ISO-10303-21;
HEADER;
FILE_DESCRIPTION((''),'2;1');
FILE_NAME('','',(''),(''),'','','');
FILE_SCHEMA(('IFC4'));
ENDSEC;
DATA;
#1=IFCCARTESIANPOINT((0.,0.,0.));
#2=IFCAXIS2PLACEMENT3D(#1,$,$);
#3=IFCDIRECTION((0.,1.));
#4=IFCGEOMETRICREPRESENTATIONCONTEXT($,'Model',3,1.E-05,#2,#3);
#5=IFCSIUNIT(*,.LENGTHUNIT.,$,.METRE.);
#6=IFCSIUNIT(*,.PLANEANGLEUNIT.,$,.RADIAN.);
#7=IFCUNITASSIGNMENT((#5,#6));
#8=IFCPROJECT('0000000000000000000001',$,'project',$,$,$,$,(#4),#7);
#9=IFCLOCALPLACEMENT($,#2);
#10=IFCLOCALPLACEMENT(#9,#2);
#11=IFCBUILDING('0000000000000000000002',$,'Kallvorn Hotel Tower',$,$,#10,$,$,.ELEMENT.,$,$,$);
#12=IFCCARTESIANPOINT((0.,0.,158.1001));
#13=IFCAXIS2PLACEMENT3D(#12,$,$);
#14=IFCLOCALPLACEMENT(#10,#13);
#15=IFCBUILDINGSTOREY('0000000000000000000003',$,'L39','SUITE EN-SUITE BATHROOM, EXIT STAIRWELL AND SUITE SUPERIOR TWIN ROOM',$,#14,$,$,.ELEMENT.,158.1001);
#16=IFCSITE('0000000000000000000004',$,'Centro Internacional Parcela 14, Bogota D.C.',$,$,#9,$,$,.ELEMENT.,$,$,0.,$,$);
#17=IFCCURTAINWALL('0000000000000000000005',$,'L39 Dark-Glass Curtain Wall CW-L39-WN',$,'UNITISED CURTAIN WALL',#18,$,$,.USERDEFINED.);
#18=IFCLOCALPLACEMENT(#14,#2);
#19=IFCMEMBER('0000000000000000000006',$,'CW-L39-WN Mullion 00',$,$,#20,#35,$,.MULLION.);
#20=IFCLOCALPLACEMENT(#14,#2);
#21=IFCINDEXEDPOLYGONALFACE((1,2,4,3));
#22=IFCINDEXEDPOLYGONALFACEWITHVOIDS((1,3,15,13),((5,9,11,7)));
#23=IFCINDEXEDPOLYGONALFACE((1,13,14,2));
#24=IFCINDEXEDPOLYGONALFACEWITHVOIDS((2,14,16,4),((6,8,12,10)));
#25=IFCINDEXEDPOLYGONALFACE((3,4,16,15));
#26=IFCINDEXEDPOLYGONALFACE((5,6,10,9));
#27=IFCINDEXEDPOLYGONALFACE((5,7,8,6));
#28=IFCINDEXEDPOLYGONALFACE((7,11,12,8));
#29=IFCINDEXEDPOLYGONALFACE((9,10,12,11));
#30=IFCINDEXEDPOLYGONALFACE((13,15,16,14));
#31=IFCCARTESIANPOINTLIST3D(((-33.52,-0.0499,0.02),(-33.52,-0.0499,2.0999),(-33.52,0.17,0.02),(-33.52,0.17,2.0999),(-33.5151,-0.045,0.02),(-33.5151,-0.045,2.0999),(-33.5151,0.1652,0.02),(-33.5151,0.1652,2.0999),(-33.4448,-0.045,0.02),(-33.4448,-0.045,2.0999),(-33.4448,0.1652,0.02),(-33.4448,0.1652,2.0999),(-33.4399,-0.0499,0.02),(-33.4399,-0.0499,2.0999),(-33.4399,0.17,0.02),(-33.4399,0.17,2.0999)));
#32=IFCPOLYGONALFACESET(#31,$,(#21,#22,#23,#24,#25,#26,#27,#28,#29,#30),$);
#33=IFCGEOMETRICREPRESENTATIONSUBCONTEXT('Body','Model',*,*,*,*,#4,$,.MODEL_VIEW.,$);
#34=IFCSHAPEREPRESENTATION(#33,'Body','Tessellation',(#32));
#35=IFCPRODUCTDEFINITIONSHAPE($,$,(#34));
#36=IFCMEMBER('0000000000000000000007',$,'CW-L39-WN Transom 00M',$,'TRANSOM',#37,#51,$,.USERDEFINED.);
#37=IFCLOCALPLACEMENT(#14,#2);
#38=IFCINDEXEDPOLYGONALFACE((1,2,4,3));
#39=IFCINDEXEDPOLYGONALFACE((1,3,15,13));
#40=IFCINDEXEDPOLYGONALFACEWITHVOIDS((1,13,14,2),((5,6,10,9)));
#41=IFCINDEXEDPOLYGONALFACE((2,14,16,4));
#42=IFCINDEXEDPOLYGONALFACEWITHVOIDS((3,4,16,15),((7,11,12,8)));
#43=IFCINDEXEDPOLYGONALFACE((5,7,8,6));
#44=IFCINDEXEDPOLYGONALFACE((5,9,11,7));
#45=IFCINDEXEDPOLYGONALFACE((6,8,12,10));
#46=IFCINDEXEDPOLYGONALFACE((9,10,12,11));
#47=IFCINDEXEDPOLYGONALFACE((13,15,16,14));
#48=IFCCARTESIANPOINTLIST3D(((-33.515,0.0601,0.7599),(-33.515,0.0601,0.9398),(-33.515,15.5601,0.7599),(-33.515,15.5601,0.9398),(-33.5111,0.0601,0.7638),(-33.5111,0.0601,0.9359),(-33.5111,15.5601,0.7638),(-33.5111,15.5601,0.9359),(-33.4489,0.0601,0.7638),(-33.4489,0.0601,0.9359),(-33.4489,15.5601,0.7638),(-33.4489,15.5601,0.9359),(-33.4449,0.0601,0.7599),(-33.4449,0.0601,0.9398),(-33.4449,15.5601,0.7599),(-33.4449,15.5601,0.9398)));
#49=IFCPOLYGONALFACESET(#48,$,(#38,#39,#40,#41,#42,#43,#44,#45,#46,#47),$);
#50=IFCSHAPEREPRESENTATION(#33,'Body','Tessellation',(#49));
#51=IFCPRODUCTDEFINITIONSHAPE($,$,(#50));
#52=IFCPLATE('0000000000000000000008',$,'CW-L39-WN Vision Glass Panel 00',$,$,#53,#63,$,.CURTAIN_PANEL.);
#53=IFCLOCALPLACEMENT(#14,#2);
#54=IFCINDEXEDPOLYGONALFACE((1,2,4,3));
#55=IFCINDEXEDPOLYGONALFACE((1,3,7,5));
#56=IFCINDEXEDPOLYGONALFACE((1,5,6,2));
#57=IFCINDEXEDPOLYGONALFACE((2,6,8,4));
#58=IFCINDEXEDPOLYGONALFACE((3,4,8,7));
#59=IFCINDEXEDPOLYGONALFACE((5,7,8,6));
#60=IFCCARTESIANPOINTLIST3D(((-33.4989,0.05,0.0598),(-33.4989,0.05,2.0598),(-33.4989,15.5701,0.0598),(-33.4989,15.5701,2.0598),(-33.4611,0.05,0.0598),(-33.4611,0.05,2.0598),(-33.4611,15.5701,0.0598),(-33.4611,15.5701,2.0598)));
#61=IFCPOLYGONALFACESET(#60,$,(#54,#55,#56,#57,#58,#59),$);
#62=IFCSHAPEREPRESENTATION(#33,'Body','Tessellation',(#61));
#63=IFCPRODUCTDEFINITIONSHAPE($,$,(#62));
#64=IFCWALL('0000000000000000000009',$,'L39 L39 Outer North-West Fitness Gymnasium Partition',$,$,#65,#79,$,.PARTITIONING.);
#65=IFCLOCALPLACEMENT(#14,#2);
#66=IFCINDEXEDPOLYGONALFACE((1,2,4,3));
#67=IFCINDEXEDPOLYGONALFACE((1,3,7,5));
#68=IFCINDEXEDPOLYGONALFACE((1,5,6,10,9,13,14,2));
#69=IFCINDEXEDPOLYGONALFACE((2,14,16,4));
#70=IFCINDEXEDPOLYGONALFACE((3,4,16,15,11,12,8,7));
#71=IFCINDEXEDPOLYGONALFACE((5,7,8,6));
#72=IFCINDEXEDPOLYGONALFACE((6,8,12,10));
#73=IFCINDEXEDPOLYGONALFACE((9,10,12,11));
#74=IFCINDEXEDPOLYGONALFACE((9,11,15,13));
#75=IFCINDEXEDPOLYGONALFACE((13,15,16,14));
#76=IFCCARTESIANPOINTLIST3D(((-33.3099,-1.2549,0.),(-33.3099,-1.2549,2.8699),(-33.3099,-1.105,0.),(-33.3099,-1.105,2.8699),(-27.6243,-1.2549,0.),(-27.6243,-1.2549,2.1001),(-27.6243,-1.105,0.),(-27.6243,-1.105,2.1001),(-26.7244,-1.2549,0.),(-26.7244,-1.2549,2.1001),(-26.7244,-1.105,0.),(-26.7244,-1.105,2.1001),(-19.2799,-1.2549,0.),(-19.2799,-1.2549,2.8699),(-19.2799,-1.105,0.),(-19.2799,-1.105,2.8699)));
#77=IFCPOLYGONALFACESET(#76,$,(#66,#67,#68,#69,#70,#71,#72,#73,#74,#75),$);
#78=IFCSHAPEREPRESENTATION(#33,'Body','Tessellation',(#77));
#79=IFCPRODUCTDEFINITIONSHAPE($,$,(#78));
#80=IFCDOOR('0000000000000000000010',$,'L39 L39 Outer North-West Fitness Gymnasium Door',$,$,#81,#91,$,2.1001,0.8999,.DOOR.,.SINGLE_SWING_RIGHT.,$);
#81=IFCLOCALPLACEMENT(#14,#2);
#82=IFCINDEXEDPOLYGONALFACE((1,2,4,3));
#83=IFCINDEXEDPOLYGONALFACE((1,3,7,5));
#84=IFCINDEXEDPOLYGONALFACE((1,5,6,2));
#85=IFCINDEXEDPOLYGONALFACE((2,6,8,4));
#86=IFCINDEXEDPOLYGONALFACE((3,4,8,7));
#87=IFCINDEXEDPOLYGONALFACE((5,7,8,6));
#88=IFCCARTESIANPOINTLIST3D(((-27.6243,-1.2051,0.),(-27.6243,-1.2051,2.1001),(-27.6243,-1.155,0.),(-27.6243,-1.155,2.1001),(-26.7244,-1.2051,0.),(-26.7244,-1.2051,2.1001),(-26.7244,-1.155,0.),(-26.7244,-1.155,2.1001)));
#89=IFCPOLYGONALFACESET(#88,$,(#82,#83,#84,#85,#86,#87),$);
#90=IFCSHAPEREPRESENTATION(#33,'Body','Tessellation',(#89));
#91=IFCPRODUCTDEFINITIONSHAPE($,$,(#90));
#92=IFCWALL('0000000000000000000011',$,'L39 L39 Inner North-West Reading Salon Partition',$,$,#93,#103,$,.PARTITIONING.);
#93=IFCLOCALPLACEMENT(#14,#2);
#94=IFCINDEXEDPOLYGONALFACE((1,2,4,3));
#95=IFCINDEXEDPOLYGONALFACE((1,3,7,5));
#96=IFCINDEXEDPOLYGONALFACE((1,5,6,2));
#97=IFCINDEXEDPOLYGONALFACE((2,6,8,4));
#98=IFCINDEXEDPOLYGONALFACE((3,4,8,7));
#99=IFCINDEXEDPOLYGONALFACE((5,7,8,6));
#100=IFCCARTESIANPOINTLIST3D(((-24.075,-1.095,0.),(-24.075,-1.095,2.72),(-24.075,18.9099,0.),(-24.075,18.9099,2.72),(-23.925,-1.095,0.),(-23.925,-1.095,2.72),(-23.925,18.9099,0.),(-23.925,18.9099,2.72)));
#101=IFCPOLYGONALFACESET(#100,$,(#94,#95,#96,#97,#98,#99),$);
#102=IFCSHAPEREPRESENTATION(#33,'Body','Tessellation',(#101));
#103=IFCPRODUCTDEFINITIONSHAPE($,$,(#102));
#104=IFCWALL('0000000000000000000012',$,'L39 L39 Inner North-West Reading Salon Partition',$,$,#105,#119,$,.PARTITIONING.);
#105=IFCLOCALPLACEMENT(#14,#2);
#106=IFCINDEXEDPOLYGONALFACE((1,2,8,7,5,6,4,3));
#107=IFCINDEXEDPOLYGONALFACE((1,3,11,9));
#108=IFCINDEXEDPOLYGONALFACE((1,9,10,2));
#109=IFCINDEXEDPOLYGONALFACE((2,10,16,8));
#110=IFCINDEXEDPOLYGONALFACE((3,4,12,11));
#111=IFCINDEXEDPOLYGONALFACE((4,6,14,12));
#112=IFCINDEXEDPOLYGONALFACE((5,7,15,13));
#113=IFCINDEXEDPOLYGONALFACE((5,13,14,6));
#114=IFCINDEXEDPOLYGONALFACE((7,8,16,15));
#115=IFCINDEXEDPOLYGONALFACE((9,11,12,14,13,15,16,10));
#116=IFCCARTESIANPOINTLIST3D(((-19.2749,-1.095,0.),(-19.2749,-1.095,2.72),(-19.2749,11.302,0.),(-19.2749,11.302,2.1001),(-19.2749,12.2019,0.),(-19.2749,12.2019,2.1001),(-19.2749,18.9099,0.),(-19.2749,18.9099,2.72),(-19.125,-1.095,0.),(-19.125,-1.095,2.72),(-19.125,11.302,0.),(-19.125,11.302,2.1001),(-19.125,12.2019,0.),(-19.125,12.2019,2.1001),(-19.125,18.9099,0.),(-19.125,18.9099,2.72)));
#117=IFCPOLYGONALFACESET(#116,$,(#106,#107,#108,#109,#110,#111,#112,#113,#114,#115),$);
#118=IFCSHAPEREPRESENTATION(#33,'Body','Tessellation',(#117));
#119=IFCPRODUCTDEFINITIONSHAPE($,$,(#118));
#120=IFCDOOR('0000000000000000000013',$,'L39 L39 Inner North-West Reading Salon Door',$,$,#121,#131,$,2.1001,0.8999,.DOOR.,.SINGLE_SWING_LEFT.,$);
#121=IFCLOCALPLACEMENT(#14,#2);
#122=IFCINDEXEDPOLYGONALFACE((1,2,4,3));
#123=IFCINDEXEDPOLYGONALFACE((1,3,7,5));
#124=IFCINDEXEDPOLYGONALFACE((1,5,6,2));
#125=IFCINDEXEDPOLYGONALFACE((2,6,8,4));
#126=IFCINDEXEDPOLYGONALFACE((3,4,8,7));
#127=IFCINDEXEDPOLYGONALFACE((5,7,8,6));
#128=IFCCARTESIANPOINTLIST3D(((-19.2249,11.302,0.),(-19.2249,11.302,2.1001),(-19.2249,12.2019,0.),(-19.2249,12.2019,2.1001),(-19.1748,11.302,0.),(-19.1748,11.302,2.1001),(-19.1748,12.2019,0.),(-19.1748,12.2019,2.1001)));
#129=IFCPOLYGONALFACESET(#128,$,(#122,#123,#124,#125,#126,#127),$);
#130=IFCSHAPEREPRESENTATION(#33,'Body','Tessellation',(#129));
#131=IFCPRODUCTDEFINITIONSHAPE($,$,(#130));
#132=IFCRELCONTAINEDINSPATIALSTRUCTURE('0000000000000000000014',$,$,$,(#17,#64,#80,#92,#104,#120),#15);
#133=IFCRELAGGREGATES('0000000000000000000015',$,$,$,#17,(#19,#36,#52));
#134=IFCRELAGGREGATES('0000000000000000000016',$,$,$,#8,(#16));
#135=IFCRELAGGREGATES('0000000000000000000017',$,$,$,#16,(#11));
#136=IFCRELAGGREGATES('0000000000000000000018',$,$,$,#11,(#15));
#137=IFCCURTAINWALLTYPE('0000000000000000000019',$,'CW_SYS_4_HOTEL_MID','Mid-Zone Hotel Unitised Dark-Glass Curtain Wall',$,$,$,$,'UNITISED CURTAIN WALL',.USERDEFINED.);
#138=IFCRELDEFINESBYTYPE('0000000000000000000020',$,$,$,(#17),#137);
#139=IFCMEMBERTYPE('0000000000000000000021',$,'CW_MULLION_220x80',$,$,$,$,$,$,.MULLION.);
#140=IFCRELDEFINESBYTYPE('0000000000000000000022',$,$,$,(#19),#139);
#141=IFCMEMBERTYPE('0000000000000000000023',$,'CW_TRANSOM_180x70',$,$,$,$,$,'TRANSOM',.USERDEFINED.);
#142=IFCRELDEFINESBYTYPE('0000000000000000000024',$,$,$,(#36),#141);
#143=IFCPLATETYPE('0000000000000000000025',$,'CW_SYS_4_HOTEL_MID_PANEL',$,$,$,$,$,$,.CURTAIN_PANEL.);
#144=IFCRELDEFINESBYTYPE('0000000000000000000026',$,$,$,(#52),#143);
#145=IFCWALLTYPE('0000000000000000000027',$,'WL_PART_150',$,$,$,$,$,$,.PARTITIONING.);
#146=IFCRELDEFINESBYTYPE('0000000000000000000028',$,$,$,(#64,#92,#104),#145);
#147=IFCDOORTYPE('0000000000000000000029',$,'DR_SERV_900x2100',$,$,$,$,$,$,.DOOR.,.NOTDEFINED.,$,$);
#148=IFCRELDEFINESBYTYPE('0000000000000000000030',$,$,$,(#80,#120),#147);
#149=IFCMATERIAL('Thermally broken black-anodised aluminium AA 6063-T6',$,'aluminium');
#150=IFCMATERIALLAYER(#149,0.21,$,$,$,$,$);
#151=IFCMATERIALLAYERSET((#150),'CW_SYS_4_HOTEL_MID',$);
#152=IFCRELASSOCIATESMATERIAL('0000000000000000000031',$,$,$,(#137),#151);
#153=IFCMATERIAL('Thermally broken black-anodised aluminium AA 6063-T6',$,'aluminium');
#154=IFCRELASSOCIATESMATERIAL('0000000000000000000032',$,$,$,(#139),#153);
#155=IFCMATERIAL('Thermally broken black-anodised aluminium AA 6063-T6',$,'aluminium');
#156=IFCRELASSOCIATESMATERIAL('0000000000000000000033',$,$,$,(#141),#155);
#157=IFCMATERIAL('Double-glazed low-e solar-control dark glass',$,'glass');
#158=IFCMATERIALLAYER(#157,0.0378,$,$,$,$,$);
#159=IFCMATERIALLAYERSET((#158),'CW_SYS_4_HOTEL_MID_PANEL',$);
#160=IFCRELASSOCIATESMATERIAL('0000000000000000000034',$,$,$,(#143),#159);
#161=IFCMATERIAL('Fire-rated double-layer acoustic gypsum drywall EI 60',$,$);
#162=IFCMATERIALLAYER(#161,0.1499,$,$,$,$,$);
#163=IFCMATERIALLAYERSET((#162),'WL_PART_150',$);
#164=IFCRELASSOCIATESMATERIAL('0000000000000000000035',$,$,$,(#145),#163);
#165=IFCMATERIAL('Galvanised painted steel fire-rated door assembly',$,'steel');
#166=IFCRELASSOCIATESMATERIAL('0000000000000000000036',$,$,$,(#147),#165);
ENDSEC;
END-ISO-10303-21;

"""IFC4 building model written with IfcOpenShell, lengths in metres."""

from ifc_helpers import new_model, si_unit, direction, frame, frame_2d, origin, origin_2d, place, context, subcontext, project, spatial, rectangle, hollow_rectangle, extrude, material, layer, layer_set, material_profile, profile_set, type_object, element, fill, aggregate, save


model = new_model("IFC4")

# Units and contexts
model_context = context("Model", 3, precision=1e-05, world=origin(), true_north=direction((0.0, 1.0)))
body_context = subcontext(model_context, "Body", "Model", "MODEL_VIEW")
ifc_project = project(units=[si_unit("LENGTHUNIT", "METRE"), si_unit("PLANEANGLEUNIT", "RADIAN")], contexts=[model_context])

# Site, building, storey
site_placement = place(None, origin())
site = spatial("IfcSite", under=ifc_project, at=site_placement, Name="Centro Internacional Parcela 14, Bogota D.C.", CompositionType="ELEMENT", RefElevation=0.0)
building_placement = place(site_placement, origin())
building = spatial("IfcBuilding", under=site, at=building_placement, Name="Kallvorn Hotel Tower", CompositionType="ELEMENT")
storey_placement = place(building_placement, frame((0.0, 0.0, 158.1001)))
storey = spatial("IfcBuildingStorey", under=building, at=storey_placement, Name="L39", Description="SUITE EN-SUITE BATHROOM, EXIT STAIRWELL AND SUITE SUPERIOR TWIN ROOM", CompositionType="ELEMENT", Elevation=158.1001)

# Curtain wall, members, plate
ifc_material_1 = material(Name="Thermally broken black-anodised aluminium AA 6063-T6", Category="aluminium")
ifc_layer_1 = layer(ifc_material_1, 0.21)
ifc_layer_set_1 = layer_set([ifc_layer_1], Name="CW_SYS_4_HOTEL_MID")
curtain_wall_type = type_object("IfcCurtainWallType", Name="CW_SYS_4_HOTEL_MID", Description="Mid-Zone Hotel Unitised Dark-Glass Curtain Wall", ElementType="UNITISED CURTAIN WALL", PredefinedType="USERDEFINED", material=ifc_layer_set_1)
curtain_wall_placement = place(storey_placement, origin())
curtain_wall = element("IfcCurtainWall", 1, at=curtain_wall_placement, inside=storey, type_object=curtain_wall_type, Name="L39 Dark-Glass Curtain Wall CW-L39-WN", ObjectType="UNITISED CURTAIN WALL", PredefinedType="USERDEFINED")
ifc_material_2 = material(Name="Thermally broken black-anodised aluminium AA 6063-T6", Category="aluminium")
ifc_material_profile_1 = material_profile(ifc_material_2, hollow_rectangle(XDim=0.0801, YDim=0.22, WallThickness=0.0049, at=origin_2d()), Name="MUL 220x80")
ifc_profile_set_1 = profile_set([ifc_material_profile_1], Name="Thermally broken black-anodised aluminium AA 6063-T6")
member_type_1 = type_object("IfcMemberType", Name="CW_MULLION_220x80", PredefinedType="MULLION", material=ifc_profile_set_1)
member_1_placement = place(storey_placement, frame((-33.48, 0.0601, 0.02), z_axis=(0.0, 0.0, 1.0), x_axis=(1.0, 0.0, 0.0)))
member_1 = element("IfcMember", 2, at=member_1_placement, type_object=member_type_1, Name="CW-L39-WN Mullion 00", PredefinedType="MULLION", context=body_context, shape_type="SweptSolid", body=[
    extrude(hollow_rectangle(XDim=0.0801, YDim=0.22, WallThickness=0.0049, at=origin_2d()), origin(), (0.0, 0.0, 1.0), 2.0798),
])
ifc_material_3 = material(Name="Thermally broken black-anodised aluminium AA 6063-T6", Category="aluminium")
ifc_material_profile_2 = material_profile(ifc_material_3, hollow_rectangle(XDim=0.0701, YDim=0.1799, WallThickness=0.0039, at=origin_2d()), Name="TRN 180x70")
ifc_profile_set_2 = profile_set([ifc_material_profile_2], Name="Thermally broken black-anodised aluminium AA 6063-T6")
member_type_2 = type_object("IfcMemberType", Name="CW_TRANSOM_180x70", ElementType="TRANSOM", PredefinedType="USERDEFINED", material=ifc_profile_set_2)
member_2_placement = place(storey_placement, frame((-33.48, 0.0601, 0.8499), z_axis=(0.0, 1.0, 0.0), x_axis=(-1.0, 0.0, 0.0)))
member_2 = element("IfcMember", 3, at=member_2_placement, type_object=member_type_2, Name="CW-L39-WN Transom 00M", ObjectType="TRANSOM", PredefinedType="USERDEFINED", context=body_context, shape_type="SweptSolid", body=[
    extrude(hollow_rectangle(XDim=0.0701, YDim=0.1799, WallThickness=0.0039, at=origin_2d()), origin(), (0.0, 0.0, 1.0), 15.5),
])
ifc_material_4 = material(Name="Double-glazed low-e solar-control dark glass", Category="glass")
ifc_layer_2 = layer(ifc_material_4, 0.0378)
ifc_layer_set_2 = layer_set([ifc_layer_2], Name="CW_SYS_4_HOTEL_MID_PANEL")
plate_type = type_object("IfcPlateType", Name="CW_SYS_4_HOTEL_MID_PANEL", PredefinedType="CURTAIN_PANEL", material=ifc_layer_set_2)
plate_placement = place(storey_placement, frame((-33.48, 7.8101, 0.0598), z_axis=(0.0, 0.0, 1.0), x_axis=(0.0, 1.0, 0.0)))
plate = element("IfcPlate", 4, at=plate_placement, type_object=plate_type, Name="CW-L39-WN Vision Glass Panel 00", PredefinedType="CURTAIN_PANEL", context=body_context, shape_type="SweptSolid", body=[
    extrude(rectangle(XDim=15.52, YDim=0.0378, at=origin_2d()), origin(), (0.0, 0.0, 1.0), 2.0),
])
aggregate(curtain_wall, [member_1, member_2, plate])

# Wall, opening, door
ifc_material_5 = material(Name="Fire-rated double-layer acoustic gypsum drywall EI 60")
ifc_layer_3 = layer(ifc_material_5, 0.1499)
ifc_layer_set_3 = layer_set([ifc_layer_3], Name="WL_PART_150")
wall_type = type_object("IfcWallType", Name="WL_PART_150", PredefinedType="PARTITIONING", material=ifc_layer_set_3)
wall_1_placement = place(storey_placement, frame((-33.3101, -1.1799, 0.0), z_axis=(0.0, 0.0, 1.0), x_axis=(1.0, 0.0, 0.0)))
wall_1 = element("IfcWall", 5, at=wall_1_placement, inside=storey, type_object=wall_type, Name="L39 L39 Outer North-West Fitness Gymnasium Partition", PredefinedType="PARTITIONING", context=body_context, shape_type="SweptSolid", body=[
    extrude(rectangle(XDim=14.03, YDim=0.1499, at=frame_2d((7.0151, 0.0))), origin(), (0.0, 0.0, 1.0), 2.8699),
])
opening_1_placement = place(wall_1_placement, frame((5.6858, 0.0, 0.0)))
opening_1 = element("IfcOpeningElement", 6, at=opening_1_placement, cuts=wall_1, PredefinedType="OPENING", context=body_context, shape_type="SweptSolid", body=[
    extrude(rectangle(XDim=0.8999, YDim=2.1001, at=frame_2d((0.45, 1.05))), frame((0.0, 0.0898, 0.0), z_axis=(0.0, -1.0, 0.0), x_axis=(1.0, 0.0, 0.0)), (0.0, 0.0, 1.0), 0.1799),
])
ifc_material_6 = material(Name="Galvanised painted steel fire-rated door assembly", Category="steel")
door_type = type_object("IfcDoorType", Name="DR_SERV_900x2100", OperationType="NOTDEFINED", PredefinedType="DOOR", material=ifc_material_6)
door_1_placement = place(opening_1_placement, origin())
door_1 = element("IfcDoor", 7, at=door_1_placement, inside=storey, type_object=door_type, Name="L39 L39 Outer North-West Fitness Gymnasium Door", OperationType="SINGLE_SWING_RIGHT", OverallHeight=2.1001, OverallWidth=0.8999, PredefinedType="DOOR", context=body_context, shape_type="SweptSolid", body=[
    extrude(rectangle(XDim=0.8999, YDim=2.1001, at=frame_2d((0.45, 1.05))), frame((0.0, 0.0249, 0.0), z_axis=(0.0, -1.0, 0.0), x_axis=(1.0, 0.0, 0.0)), (0.0, 0.0, 1.0), 0.05),
])
fill(opening_1, door_1)

# Wall
wall_2_placement = place(storey_placement, frame((-24.0, -1.095, 0.0), z_axis=(0.0, 0.0, 1.0), x_axis=(0.0, 1.0, 0.0)))
element("IfcWall", 8, at=wall_2_placement, inside=storey, type_object=wall_type, Name="L39 L39 Inner North-West Reading Salon Partition", PredefinedType="PARTITIONING", context=body_context, shape_type="SweptSolid", body=[
    extrude(rectangle(XDim=20.0049, YDim=0.1499, at=frame_2d((10.0024, 0.0))), origin(), (0.0, 0.0, 1.0), 2.72),
])

# Wall, opening, door
wall_3_placement = place(storey_placement, frame((-19.2, -1.095, 0.0), z_axis=(0.0, 0.0, 1.0), x_axis=(0.0, 1.0, 0.0)))
wall_3 = element("IfcWall", 9, at=wall_3_placement, inside=storey, type_object=wall_type, Name="L39 L39 Inner North-West Reading Salon Partition", PredefinedType="PARTITIONING", context=body_context, shape_type="SweptSolid", body=[
    extrude(rectangle(XDim=20.0049, YDim=0.1499, at=frame_2d((10.0024, 0.0))), origin(), (0.0, 0.0, 1.0), 2.72),
])
opening_2_placement = place(wall_3_placement, frame((12.397, 0.0, 0.0)))
opening_2 = element("IfcOpeningElement", 10, at=opening_2_placement, cuts=wall_3, PredefinedType="OPENING", context=body_context, shape_type="SweptSolid", body=[
    extrude(rectangle(XDim=0.8999, YDim=2.1001, at=frame_2d((0.45, 1.05))), frame((0.0, 0.0898, 0.0), z_axis=(0.0, -1.0, 0.0), x_axis=(1.0, 0.0, 0.0)), (0.0, 0.0, 1.0), 0.1799),
])
door_2_placement = place(opening_2_placement, origin())
door_2 = element("IfcDoor", 11, at=door_2_placement, inside=storey, type_object=door_type, Name="L39 L39 Inner North-West Reading Salon Door", OperationType="SINGLE_SWING_LEFT", OverallHeight=2.1001, OverallWidth=0.8999, PredefinedType="DOOR", context=body_context, shape_type="SweptSolid", body=[
    extrude(rectangle(XDim=0.8999, YDim=2.1001, at=frame_2d((0.45, 1.05))), frame((0.0, 0.0249, 0.0), z_axis=(0.0, -1.0, 0.0), x_axis=(1.0, 0.0, 0.0)), (0.0, 0.0, 1.0), 0.05),
])
fill(opening_2, door_2)

save(model, "model.ifc")
